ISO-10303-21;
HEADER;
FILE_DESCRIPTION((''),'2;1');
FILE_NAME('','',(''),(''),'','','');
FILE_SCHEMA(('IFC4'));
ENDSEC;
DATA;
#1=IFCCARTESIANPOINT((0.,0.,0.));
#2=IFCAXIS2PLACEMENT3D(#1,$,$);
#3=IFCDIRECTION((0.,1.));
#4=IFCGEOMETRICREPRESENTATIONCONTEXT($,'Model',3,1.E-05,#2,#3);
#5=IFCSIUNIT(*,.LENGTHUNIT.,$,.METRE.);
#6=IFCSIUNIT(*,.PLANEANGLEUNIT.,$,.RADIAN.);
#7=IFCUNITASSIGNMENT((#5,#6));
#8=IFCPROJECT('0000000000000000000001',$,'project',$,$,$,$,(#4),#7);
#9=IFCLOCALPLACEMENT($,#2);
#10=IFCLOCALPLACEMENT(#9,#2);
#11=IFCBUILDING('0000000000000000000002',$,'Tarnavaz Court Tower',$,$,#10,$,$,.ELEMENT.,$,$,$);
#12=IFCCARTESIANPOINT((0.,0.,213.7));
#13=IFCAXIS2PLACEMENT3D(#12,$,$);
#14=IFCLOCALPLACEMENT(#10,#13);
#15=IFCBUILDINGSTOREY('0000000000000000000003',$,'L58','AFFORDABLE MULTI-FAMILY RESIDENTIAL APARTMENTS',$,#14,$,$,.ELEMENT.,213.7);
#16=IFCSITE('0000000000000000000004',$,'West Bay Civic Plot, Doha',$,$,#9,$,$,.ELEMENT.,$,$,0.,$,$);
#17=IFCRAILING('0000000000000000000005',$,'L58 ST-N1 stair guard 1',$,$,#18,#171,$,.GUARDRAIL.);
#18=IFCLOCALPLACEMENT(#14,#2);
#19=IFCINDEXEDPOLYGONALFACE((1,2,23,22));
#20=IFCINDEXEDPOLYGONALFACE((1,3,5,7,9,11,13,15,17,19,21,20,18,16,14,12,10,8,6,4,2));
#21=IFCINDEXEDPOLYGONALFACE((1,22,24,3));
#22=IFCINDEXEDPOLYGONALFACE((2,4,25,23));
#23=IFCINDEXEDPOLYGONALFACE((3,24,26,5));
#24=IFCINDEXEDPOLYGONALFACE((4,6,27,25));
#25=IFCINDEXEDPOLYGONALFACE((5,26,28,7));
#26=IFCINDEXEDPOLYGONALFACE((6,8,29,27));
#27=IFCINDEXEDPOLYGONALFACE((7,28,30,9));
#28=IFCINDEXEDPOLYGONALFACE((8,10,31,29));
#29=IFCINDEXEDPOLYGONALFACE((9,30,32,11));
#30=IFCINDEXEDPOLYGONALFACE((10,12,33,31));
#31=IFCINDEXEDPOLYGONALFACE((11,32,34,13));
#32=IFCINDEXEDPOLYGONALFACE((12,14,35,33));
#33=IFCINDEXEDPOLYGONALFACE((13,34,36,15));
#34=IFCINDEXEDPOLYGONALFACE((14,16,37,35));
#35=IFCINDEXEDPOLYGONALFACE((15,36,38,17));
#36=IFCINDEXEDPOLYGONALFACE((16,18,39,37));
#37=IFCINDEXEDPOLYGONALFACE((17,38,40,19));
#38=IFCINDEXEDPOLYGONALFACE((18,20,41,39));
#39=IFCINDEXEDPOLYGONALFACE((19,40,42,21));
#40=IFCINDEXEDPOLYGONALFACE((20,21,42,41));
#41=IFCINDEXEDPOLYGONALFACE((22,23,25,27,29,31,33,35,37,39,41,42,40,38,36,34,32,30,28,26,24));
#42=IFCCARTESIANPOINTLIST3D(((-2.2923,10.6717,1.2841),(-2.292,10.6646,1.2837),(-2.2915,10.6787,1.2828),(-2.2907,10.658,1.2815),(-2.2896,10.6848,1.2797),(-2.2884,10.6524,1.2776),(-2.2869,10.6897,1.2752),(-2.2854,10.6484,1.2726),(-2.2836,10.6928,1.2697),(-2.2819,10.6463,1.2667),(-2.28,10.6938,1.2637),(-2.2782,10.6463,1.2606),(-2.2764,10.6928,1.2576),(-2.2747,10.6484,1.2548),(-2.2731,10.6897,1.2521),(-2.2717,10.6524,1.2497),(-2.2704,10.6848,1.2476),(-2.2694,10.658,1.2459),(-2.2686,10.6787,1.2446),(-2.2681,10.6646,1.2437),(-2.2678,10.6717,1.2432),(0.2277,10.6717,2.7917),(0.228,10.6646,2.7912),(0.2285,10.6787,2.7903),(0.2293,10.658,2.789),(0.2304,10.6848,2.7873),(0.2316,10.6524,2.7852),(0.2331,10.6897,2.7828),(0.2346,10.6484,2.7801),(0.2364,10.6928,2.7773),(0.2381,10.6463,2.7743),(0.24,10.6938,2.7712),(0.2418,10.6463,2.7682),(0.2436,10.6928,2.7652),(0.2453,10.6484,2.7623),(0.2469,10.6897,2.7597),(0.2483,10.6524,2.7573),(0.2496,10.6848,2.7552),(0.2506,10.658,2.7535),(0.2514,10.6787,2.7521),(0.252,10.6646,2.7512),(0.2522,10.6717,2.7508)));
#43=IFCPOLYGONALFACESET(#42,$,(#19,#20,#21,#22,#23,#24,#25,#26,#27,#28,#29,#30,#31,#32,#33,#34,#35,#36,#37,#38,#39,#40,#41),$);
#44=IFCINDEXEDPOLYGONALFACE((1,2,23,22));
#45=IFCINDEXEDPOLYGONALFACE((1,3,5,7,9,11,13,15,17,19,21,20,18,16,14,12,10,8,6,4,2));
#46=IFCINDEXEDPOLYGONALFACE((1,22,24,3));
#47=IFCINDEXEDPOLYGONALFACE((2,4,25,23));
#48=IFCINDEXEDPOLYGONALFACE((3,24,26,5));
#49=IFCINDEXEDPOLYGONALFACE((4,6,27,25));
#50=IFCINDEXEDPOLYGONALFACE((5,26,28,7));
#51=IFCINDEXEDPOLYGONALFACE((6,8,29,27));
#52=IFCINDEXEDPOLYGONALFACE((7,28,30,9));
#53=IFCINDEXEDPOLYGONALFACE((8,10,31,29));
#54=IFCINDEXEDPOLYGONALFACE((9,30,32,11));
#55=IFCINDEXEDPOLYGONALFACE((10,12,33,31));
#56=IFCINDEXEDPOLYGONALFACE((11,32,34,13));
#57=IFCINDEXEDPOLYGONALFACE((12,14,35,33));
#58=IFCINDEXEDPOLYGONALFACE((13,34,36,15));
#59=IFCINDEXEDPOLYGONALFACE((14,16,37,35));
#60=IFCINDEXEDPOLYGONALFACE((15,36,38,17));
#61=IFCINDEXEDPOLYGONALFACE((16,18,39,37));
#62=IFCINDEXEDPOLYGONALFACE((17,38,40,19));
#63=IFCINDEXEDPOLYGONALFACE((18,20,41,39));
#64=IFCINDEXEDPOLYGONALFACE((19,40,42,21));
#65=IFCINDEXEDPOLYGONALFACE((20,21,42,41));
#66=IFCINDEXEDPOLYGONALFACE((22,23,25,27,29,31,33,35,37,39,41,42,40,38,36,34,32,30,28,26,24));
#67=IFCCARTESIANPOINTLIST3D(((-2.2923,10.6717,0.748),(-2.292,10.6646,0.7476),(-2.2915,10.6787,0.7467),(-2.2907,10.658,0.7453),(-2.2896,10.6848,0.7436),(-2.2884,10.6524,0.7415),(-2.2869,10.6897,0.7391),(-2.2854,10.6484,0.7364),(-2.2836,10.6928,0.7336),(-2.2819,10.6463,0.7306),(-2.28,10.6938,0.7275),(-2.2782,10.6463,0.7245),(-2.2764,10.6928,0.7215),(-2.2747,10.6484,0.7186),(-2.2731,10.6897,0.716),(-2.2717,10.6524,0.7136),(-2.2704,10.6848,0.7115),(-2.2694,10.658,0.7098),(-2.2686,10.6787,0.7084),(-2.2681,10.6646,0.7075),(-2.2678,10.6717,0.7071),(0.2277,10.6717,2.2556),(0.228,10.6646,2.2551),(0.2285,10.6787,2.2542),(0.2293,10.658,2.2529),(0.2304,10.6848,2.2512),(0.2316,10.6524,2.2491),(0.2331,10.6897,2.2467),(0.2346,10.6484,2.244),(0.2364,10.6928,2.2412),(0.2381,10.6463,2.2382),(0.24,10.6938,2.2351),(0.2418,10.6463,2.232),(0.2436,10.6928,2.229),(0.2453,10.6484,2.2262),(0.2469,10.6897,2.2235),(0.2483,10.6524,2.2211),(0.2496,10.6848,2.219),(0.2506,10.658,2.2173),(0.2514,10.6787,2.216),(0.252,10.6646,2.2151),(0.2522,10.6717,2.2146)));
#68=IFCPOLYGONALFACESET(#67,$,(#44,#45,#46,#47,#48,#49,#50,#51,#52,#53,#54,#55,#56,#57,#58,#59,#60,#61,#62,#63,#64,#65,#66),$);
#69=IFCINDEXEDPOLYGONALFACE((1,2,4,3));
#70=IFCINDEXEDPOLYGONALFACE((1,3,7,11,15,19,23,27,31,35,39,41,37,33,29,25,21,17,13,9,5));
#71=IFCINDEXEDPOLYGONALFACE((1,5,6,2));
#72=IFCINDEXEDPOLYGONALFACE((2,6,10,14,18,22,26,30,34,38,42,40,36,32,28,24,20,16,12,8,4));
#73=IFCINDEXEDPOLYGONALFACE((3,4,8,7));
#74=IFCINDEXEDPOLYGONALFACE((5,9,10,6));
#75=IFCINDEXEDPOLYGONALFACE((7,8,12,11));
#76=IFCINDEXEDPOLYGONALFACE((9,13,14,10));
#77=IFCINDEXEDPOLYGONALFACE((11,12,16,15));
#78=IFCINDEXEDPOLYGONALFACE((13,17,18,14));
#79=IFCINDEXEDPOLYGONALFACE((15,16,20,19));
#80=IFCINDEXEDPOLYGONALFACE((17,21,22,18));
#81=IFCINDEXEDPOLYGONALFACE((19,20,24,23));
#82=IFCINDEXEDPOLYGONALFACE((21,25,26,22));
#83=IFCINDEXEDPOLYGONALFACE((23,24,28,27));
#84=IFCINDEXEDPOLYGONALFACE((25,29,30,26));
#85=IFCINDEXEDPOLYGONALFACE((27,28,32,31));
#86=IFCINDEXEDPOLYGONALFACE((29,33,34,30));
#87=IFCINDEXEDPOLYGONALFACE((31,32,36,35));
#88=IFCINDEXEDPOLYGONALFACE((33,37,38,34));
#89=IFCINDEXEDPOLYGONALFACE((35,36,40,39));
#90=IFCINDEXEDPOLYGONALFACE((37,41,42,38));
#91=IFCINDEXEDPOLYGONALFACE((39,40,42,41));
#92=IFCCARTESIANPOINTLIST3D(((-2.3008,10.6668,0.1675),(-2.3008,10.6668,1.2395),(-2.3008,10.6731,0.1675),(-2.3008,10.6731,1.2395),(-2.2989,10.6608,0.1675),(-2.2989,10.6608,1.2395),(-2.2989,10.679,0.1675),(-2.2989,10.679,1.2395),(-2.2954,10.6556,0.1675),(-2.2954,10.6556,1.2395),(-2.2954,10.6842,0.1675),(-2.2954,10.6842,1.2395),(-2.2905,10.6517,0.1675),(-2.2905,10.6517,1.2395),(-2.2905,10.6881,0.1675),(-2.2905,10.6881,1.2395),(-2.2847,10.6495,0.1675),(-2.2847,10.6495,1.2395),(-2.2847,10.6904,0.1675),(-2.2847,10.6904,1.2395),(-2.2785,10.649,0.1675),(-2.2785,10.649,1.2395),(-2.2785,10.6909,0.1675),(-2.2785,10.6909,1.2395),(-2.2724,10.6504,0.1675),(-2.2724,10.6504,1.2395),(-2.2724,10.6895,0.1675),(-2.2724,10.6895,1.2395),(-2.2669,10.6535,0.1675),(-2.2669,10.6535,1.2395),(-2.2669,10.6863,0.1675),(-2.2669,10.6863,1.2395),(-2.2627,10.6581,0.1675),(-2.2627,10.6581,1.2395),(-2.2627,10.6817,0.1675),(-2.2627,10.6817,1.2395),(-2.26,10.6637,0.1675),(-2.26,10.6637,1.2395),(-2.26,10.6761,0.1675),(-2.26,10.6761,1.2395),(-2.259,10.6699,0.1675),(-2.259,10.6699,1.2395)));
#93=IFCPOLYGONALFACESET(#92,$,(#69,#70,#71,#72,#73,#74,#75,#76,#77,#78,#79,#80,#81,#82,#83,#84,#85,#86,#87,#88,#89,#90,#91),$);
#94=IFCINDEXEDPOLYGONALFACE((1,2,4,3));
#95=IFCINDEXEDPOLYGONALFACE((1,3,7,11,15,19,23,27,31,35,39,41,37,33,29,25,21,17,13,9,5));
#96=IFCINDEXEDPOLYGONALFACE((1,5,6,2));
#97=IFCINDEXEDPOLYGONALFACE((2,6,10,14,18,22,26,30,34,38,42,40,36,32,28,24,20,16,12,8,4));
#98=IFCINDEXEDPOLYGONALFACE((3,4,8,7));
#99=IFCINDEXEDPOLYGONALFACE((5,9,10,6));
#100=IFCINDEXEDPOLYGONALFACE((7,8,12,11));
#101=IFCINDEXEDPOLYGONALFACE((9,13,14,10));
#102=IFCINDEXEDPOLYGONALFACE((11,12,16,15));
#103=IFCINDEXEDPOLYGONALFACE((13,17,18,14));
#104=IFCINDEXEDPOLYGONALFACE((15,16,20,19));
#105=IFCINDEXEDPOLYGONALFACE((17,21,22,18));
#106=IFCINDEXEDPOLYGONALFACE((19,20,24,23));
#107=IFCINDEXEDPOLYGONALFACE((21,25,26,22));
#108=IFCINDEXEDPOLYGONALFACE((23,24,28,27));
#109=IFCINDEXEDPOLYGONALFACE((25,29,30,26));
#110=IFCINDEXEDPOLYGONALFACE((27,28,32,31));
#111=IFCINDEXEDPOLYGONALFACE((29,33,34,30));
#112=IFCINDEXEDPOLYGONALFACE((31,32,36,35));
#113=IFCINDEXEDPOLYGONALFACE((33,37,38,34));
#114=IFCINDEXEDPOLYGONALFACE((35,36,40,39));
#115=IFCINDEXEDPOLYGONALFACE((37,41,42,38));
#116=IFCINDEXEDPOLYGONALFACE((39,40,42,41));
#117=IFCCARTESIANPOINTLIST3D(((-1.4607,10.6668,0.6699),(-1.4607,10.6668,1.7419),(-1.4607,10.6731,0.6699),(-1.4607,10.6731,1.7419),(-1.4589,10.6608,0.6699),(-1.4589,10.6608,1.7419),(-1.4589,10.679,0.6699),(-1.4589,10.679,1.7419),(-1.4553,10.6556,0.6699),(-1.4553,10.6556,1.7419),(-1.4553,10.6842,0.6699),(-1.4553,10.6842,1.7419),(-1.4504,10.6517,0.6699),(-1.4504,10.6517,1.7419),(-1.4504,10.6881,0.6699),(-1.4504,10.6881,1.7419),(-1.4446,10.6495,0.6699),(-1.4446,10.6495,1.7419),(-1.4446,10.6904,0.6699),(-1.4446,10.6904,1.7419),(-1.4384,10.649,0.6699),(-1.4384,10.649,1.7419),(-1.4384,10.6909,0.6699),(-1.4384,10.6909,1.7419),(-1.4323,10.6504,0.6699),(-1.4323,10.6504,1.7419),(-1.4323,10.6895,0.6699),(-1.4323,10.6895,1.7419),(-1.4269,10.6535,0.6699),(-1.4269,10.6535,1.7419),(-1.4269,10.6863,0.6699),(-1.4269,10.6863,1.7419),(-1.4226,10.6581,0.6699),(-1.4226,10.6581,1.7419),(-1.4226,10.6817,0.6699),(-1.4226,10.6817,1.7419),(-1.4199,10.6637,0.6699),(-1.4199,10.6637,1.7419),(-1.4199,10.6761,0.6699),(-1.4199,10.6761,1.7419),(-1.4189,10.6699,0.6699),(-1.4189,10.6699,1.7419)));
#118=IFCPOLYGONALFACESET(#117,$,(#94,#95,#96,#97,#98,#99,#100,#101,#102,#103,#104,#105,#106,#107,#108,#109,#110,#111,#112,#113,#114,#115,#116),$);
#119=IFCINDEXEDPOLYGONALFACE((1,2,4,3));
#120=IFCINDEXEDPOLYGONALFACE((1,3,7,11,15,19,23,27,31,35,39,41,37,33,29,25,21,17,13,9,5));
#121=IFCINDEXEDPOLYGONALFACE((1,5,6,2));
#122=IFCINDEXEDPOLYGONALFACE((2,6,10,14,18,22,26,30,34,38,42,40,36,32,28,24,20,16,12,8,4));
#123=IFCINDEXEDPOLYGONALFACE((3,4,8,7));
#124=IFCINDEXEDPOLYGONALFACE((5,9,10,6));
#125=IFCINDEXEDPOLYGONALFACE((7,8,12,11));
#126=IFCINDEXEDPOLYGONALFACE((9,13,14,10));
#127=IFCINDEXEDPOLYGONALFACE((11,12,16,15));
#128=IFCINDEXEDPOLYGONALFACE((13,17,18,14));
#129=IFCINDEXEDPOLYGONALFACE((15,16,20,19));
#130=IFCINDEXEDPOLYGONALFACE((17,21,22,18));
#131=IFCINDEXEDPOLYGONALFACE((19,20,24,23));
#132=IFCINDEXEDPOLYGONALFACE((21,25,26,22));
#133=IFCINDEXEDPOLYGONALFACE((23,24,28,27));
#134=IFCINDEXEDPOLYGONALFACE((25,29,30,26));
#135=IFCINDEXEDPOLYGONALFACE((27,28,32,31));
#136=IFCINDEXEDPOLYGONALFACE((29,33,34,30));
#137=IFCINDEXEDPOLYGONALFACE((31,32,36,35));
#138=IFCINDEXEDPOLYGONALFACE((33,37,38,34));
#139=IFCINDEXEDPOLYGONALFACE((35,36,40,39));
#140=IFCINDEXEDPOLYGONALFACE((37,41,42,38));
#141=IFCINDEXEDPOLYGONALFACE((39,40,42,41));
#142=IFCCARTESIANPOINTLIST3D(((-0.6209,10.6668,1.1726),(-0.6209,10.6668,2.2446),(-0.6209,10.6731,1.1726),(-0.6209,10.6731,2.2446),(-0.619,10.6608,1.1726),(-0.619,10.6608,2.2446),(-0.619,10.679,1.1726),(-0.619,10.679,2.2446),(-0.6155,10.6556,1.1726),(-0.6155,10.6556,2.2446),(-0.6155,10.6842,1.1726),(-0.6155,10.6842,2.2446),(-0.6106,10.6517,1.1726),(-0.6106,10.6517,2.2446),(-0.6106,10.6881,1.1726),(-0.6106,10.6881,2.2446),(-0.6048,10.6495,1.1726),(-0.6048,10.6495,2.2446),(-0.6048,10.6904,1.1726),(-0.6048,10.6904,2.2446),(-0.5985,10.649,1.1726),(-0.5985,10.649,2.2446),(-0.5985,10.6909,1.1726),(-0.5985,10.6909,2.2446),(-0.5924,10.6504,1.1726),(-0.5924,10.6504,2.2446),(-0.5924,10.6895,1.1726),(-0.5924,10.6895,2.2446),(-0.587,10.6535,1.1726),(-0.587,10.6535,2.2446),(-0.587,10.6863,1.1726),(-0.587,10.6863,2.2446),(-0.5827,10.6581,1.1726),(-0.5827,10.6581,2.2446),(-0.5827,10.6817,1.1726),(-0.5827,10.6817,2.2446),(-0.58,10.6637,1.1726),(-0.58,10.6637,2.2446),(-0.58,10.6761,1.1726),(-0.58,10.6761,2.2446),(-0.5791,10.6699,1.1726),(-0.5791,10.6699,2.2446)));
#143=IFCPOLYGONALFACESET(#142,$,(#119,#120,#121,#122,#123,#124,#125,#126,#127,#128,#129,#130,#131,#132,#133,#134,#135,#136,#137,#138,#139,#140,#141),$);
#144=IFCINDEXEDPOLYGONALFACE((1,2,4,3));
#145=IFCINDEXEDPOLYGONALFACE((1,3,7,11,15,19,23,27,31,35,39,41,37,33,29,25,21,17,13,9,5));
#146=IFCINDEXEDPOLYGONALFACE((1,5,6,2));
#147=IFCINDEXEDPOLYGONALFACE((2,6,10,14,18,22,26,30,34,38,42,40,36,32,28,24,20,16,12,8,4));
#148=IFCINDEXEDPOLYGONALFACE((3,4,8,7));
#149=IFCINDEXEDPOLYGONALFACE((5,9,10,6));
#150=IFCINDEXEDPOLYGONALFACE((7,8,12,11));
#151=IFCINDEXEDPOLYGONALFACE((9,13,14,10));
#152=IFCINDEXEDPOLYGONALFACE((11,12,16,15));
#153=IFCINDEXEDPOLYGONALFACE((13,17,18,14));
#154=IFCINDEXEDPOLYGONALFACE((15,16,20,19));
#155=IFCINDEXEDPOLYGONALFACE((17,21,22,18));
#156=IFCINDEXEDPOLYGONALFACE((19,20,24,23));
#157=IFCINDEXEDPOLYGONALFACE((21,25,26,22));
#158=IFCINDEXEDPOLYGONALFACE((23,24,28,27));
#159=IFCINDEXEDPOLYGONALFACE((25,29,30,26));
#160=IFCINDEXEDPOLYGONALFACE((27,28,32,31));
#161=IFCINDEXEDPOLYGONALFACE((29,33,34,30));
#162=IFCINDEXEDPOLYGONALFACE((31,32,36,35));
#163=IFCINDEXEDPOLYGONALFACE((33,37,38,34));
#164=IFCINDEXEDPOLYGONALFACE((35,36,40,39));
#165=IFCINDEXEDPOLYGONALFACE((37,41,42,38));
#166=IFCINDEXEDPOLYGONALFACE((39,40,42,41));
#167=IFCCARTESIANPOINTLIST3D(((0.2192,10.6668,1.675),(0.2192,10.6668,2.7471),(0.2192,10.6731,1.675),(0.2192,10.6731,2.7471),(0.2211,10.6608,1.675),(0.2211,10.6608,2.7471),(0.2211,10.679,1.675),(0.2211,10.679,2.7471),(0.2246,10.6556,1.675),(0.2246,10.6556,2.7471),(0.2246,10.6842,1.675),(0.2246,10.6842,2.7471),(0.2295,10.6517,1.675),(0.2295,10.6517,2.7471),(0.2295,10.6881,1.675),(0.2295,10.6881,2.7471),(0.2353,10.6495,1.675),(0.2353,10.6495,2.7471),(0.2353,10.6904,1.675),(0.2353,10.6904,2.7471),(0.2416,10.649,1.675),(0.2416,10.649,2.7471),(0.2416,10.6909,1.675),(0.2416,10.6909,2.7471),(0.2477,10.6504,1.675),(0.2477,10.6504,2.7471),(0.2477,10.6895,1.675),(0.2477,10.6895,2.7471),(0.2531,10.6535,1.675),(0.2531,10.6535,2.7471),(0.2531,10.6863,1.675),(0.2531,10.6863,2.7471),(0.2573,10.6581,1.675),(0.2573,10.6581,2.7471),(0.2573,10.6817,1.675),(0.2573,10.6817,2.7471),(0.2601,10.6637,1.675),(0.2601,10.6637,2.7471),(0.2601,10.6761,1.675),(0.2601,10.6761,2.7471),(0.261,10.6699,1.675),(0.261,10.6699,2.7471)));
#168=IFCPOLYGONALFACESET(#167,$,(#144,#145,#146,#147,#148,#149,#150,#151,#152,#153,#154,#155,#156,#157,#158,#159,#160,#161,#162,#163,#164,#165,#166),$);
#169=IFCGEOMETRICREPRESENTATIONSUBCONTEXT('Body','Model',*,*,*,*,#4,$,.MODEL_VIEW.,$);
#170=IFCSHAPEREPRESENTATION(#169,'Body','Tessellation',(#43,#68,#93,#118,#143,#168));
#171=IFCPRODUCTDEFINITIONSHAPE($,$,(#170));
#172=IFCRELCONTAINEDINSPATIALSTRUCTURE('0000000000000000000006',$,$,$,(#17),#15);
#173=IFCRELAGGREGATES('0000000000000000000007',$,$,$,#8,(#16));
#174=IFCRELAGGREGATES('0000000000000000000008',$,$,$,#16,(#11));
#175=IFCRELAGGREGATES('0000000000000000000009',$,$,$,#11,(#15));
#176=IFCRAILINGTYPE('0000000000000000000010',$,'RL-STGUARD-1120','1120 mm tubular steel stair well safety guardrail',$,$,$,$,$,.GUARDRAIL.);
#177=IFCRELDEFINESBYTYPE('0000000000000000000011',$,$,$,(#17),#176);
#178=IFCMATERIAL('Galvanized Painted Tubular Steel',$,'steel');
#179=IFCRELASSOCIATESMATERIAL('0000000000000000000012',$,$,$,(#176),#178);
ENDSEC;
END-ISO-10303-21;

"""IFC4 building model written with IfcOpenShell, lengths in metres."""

from ifc_helpers import new_model, si_unit, direction, frame, origin, origin_2d, place, context, subcontext, project, spatial, circle, extrude, material, type_object, element, save


model = new_model("IFC4")

# Units and contexts
model_context = context("Model", 3, precision=1e-05, world=origin(), true_north=direction((0.0, 1.0)))
body_context = subcontext(model_context, "Body", "Model", "MODEL_VIEW")
ifc_project = project(units=[si_unit("LENGTHUNIT", "METRE"), si_unit("PLANEANGLEUNIT", "RADIAN")], contexts=[model_context])

# Site, building, storey
site_placement = place(None, origin())
site = spatial("IfcSite", under=ifc_project, at=site_placement, Name="West Bay Civic Plot, Doha", CompositionType="ELEMENT", RefElevation=0.0)
building_placement = place(site_placement, origin())
building = spatial("IfcBuilding", under=site, at=building_placement, Name="Tarnavaz Court Tower", CompositionType="ELEMENT")
storey_placement = place(building_placement, frame((0.0, 0.0, 213.7)))
storey = spatial("IfcBuildingStorey", under=building, at=storey_placement, Name="L58", Description="AFFORDABLE MULTI-FAMILY RESIDENTIAL APARTMENTS", CompositionType="ELEMENT", Elevation=213.7)

# Railing
ifc_material_1 = material(Name="Galvanized Painted Tubular Steel", Category="steel")
railing_type_1 = type_object("IfcRailingType", Name="RL-STGUARD-1120", Description="1120 mm tubular steel stair well safety guardrail", PredefinedType="GUARDRAIL", material=ifc_material_1)
railing_1_placement = place(storey_placement, frame((-2.28, 10.6699, 0.1675)))
element("IfcRailing", 1, at=railing_1_placement, inside=storey, type_object=railing_type_1, Name="L58 ST-N1 stair guard 1", PredefinedType="GUARDRAIL", context=body_context, shape_type="SweptSolid", body=[
    extrude(circle(Radius=0.0239, at=origin_2d()), frame((0.0, 0.0, 1.0962), z_axis=(0.85816, 0.0, 0.513383), x_axis=(0.0, 1.0, 0.0)), (0.0, 0.0, 1.0), 2.9365),
    extrude(circle(Radius=0.0239, at=origin_2d()), frame((0.0, 0.0, 0.5601), z_axis=(0.85816, 0.0, 0.513383), x_axis=(0.0, 1.0, 0.0)), (0.0, 0.0, 1.0), 2.9365),
    extrude(circle(Radius=0.021, at=origin_2d()), origin(), (0.0, 0.0, 1.0), 1.072),
    extrude(circle(Radius=0.021, at=origin_2d()), frame((0.8401, 0.0, 0.5024)), (0.0, 0.0, 1.0), 1.072),
    extrude(circle(Radius=0.021, at=origin_2d()), frame((1.6799, 0.0, 1.0051)), (0.0, 0.0, 1.0), 1.072),
    extrude(circle(Radius=0.021, at=origin_2d()), frame((2.52, 0.0, 1.5076)), (0.0, 0.0, 1.0), 1.072),
])

save(model, "model.ifc")
